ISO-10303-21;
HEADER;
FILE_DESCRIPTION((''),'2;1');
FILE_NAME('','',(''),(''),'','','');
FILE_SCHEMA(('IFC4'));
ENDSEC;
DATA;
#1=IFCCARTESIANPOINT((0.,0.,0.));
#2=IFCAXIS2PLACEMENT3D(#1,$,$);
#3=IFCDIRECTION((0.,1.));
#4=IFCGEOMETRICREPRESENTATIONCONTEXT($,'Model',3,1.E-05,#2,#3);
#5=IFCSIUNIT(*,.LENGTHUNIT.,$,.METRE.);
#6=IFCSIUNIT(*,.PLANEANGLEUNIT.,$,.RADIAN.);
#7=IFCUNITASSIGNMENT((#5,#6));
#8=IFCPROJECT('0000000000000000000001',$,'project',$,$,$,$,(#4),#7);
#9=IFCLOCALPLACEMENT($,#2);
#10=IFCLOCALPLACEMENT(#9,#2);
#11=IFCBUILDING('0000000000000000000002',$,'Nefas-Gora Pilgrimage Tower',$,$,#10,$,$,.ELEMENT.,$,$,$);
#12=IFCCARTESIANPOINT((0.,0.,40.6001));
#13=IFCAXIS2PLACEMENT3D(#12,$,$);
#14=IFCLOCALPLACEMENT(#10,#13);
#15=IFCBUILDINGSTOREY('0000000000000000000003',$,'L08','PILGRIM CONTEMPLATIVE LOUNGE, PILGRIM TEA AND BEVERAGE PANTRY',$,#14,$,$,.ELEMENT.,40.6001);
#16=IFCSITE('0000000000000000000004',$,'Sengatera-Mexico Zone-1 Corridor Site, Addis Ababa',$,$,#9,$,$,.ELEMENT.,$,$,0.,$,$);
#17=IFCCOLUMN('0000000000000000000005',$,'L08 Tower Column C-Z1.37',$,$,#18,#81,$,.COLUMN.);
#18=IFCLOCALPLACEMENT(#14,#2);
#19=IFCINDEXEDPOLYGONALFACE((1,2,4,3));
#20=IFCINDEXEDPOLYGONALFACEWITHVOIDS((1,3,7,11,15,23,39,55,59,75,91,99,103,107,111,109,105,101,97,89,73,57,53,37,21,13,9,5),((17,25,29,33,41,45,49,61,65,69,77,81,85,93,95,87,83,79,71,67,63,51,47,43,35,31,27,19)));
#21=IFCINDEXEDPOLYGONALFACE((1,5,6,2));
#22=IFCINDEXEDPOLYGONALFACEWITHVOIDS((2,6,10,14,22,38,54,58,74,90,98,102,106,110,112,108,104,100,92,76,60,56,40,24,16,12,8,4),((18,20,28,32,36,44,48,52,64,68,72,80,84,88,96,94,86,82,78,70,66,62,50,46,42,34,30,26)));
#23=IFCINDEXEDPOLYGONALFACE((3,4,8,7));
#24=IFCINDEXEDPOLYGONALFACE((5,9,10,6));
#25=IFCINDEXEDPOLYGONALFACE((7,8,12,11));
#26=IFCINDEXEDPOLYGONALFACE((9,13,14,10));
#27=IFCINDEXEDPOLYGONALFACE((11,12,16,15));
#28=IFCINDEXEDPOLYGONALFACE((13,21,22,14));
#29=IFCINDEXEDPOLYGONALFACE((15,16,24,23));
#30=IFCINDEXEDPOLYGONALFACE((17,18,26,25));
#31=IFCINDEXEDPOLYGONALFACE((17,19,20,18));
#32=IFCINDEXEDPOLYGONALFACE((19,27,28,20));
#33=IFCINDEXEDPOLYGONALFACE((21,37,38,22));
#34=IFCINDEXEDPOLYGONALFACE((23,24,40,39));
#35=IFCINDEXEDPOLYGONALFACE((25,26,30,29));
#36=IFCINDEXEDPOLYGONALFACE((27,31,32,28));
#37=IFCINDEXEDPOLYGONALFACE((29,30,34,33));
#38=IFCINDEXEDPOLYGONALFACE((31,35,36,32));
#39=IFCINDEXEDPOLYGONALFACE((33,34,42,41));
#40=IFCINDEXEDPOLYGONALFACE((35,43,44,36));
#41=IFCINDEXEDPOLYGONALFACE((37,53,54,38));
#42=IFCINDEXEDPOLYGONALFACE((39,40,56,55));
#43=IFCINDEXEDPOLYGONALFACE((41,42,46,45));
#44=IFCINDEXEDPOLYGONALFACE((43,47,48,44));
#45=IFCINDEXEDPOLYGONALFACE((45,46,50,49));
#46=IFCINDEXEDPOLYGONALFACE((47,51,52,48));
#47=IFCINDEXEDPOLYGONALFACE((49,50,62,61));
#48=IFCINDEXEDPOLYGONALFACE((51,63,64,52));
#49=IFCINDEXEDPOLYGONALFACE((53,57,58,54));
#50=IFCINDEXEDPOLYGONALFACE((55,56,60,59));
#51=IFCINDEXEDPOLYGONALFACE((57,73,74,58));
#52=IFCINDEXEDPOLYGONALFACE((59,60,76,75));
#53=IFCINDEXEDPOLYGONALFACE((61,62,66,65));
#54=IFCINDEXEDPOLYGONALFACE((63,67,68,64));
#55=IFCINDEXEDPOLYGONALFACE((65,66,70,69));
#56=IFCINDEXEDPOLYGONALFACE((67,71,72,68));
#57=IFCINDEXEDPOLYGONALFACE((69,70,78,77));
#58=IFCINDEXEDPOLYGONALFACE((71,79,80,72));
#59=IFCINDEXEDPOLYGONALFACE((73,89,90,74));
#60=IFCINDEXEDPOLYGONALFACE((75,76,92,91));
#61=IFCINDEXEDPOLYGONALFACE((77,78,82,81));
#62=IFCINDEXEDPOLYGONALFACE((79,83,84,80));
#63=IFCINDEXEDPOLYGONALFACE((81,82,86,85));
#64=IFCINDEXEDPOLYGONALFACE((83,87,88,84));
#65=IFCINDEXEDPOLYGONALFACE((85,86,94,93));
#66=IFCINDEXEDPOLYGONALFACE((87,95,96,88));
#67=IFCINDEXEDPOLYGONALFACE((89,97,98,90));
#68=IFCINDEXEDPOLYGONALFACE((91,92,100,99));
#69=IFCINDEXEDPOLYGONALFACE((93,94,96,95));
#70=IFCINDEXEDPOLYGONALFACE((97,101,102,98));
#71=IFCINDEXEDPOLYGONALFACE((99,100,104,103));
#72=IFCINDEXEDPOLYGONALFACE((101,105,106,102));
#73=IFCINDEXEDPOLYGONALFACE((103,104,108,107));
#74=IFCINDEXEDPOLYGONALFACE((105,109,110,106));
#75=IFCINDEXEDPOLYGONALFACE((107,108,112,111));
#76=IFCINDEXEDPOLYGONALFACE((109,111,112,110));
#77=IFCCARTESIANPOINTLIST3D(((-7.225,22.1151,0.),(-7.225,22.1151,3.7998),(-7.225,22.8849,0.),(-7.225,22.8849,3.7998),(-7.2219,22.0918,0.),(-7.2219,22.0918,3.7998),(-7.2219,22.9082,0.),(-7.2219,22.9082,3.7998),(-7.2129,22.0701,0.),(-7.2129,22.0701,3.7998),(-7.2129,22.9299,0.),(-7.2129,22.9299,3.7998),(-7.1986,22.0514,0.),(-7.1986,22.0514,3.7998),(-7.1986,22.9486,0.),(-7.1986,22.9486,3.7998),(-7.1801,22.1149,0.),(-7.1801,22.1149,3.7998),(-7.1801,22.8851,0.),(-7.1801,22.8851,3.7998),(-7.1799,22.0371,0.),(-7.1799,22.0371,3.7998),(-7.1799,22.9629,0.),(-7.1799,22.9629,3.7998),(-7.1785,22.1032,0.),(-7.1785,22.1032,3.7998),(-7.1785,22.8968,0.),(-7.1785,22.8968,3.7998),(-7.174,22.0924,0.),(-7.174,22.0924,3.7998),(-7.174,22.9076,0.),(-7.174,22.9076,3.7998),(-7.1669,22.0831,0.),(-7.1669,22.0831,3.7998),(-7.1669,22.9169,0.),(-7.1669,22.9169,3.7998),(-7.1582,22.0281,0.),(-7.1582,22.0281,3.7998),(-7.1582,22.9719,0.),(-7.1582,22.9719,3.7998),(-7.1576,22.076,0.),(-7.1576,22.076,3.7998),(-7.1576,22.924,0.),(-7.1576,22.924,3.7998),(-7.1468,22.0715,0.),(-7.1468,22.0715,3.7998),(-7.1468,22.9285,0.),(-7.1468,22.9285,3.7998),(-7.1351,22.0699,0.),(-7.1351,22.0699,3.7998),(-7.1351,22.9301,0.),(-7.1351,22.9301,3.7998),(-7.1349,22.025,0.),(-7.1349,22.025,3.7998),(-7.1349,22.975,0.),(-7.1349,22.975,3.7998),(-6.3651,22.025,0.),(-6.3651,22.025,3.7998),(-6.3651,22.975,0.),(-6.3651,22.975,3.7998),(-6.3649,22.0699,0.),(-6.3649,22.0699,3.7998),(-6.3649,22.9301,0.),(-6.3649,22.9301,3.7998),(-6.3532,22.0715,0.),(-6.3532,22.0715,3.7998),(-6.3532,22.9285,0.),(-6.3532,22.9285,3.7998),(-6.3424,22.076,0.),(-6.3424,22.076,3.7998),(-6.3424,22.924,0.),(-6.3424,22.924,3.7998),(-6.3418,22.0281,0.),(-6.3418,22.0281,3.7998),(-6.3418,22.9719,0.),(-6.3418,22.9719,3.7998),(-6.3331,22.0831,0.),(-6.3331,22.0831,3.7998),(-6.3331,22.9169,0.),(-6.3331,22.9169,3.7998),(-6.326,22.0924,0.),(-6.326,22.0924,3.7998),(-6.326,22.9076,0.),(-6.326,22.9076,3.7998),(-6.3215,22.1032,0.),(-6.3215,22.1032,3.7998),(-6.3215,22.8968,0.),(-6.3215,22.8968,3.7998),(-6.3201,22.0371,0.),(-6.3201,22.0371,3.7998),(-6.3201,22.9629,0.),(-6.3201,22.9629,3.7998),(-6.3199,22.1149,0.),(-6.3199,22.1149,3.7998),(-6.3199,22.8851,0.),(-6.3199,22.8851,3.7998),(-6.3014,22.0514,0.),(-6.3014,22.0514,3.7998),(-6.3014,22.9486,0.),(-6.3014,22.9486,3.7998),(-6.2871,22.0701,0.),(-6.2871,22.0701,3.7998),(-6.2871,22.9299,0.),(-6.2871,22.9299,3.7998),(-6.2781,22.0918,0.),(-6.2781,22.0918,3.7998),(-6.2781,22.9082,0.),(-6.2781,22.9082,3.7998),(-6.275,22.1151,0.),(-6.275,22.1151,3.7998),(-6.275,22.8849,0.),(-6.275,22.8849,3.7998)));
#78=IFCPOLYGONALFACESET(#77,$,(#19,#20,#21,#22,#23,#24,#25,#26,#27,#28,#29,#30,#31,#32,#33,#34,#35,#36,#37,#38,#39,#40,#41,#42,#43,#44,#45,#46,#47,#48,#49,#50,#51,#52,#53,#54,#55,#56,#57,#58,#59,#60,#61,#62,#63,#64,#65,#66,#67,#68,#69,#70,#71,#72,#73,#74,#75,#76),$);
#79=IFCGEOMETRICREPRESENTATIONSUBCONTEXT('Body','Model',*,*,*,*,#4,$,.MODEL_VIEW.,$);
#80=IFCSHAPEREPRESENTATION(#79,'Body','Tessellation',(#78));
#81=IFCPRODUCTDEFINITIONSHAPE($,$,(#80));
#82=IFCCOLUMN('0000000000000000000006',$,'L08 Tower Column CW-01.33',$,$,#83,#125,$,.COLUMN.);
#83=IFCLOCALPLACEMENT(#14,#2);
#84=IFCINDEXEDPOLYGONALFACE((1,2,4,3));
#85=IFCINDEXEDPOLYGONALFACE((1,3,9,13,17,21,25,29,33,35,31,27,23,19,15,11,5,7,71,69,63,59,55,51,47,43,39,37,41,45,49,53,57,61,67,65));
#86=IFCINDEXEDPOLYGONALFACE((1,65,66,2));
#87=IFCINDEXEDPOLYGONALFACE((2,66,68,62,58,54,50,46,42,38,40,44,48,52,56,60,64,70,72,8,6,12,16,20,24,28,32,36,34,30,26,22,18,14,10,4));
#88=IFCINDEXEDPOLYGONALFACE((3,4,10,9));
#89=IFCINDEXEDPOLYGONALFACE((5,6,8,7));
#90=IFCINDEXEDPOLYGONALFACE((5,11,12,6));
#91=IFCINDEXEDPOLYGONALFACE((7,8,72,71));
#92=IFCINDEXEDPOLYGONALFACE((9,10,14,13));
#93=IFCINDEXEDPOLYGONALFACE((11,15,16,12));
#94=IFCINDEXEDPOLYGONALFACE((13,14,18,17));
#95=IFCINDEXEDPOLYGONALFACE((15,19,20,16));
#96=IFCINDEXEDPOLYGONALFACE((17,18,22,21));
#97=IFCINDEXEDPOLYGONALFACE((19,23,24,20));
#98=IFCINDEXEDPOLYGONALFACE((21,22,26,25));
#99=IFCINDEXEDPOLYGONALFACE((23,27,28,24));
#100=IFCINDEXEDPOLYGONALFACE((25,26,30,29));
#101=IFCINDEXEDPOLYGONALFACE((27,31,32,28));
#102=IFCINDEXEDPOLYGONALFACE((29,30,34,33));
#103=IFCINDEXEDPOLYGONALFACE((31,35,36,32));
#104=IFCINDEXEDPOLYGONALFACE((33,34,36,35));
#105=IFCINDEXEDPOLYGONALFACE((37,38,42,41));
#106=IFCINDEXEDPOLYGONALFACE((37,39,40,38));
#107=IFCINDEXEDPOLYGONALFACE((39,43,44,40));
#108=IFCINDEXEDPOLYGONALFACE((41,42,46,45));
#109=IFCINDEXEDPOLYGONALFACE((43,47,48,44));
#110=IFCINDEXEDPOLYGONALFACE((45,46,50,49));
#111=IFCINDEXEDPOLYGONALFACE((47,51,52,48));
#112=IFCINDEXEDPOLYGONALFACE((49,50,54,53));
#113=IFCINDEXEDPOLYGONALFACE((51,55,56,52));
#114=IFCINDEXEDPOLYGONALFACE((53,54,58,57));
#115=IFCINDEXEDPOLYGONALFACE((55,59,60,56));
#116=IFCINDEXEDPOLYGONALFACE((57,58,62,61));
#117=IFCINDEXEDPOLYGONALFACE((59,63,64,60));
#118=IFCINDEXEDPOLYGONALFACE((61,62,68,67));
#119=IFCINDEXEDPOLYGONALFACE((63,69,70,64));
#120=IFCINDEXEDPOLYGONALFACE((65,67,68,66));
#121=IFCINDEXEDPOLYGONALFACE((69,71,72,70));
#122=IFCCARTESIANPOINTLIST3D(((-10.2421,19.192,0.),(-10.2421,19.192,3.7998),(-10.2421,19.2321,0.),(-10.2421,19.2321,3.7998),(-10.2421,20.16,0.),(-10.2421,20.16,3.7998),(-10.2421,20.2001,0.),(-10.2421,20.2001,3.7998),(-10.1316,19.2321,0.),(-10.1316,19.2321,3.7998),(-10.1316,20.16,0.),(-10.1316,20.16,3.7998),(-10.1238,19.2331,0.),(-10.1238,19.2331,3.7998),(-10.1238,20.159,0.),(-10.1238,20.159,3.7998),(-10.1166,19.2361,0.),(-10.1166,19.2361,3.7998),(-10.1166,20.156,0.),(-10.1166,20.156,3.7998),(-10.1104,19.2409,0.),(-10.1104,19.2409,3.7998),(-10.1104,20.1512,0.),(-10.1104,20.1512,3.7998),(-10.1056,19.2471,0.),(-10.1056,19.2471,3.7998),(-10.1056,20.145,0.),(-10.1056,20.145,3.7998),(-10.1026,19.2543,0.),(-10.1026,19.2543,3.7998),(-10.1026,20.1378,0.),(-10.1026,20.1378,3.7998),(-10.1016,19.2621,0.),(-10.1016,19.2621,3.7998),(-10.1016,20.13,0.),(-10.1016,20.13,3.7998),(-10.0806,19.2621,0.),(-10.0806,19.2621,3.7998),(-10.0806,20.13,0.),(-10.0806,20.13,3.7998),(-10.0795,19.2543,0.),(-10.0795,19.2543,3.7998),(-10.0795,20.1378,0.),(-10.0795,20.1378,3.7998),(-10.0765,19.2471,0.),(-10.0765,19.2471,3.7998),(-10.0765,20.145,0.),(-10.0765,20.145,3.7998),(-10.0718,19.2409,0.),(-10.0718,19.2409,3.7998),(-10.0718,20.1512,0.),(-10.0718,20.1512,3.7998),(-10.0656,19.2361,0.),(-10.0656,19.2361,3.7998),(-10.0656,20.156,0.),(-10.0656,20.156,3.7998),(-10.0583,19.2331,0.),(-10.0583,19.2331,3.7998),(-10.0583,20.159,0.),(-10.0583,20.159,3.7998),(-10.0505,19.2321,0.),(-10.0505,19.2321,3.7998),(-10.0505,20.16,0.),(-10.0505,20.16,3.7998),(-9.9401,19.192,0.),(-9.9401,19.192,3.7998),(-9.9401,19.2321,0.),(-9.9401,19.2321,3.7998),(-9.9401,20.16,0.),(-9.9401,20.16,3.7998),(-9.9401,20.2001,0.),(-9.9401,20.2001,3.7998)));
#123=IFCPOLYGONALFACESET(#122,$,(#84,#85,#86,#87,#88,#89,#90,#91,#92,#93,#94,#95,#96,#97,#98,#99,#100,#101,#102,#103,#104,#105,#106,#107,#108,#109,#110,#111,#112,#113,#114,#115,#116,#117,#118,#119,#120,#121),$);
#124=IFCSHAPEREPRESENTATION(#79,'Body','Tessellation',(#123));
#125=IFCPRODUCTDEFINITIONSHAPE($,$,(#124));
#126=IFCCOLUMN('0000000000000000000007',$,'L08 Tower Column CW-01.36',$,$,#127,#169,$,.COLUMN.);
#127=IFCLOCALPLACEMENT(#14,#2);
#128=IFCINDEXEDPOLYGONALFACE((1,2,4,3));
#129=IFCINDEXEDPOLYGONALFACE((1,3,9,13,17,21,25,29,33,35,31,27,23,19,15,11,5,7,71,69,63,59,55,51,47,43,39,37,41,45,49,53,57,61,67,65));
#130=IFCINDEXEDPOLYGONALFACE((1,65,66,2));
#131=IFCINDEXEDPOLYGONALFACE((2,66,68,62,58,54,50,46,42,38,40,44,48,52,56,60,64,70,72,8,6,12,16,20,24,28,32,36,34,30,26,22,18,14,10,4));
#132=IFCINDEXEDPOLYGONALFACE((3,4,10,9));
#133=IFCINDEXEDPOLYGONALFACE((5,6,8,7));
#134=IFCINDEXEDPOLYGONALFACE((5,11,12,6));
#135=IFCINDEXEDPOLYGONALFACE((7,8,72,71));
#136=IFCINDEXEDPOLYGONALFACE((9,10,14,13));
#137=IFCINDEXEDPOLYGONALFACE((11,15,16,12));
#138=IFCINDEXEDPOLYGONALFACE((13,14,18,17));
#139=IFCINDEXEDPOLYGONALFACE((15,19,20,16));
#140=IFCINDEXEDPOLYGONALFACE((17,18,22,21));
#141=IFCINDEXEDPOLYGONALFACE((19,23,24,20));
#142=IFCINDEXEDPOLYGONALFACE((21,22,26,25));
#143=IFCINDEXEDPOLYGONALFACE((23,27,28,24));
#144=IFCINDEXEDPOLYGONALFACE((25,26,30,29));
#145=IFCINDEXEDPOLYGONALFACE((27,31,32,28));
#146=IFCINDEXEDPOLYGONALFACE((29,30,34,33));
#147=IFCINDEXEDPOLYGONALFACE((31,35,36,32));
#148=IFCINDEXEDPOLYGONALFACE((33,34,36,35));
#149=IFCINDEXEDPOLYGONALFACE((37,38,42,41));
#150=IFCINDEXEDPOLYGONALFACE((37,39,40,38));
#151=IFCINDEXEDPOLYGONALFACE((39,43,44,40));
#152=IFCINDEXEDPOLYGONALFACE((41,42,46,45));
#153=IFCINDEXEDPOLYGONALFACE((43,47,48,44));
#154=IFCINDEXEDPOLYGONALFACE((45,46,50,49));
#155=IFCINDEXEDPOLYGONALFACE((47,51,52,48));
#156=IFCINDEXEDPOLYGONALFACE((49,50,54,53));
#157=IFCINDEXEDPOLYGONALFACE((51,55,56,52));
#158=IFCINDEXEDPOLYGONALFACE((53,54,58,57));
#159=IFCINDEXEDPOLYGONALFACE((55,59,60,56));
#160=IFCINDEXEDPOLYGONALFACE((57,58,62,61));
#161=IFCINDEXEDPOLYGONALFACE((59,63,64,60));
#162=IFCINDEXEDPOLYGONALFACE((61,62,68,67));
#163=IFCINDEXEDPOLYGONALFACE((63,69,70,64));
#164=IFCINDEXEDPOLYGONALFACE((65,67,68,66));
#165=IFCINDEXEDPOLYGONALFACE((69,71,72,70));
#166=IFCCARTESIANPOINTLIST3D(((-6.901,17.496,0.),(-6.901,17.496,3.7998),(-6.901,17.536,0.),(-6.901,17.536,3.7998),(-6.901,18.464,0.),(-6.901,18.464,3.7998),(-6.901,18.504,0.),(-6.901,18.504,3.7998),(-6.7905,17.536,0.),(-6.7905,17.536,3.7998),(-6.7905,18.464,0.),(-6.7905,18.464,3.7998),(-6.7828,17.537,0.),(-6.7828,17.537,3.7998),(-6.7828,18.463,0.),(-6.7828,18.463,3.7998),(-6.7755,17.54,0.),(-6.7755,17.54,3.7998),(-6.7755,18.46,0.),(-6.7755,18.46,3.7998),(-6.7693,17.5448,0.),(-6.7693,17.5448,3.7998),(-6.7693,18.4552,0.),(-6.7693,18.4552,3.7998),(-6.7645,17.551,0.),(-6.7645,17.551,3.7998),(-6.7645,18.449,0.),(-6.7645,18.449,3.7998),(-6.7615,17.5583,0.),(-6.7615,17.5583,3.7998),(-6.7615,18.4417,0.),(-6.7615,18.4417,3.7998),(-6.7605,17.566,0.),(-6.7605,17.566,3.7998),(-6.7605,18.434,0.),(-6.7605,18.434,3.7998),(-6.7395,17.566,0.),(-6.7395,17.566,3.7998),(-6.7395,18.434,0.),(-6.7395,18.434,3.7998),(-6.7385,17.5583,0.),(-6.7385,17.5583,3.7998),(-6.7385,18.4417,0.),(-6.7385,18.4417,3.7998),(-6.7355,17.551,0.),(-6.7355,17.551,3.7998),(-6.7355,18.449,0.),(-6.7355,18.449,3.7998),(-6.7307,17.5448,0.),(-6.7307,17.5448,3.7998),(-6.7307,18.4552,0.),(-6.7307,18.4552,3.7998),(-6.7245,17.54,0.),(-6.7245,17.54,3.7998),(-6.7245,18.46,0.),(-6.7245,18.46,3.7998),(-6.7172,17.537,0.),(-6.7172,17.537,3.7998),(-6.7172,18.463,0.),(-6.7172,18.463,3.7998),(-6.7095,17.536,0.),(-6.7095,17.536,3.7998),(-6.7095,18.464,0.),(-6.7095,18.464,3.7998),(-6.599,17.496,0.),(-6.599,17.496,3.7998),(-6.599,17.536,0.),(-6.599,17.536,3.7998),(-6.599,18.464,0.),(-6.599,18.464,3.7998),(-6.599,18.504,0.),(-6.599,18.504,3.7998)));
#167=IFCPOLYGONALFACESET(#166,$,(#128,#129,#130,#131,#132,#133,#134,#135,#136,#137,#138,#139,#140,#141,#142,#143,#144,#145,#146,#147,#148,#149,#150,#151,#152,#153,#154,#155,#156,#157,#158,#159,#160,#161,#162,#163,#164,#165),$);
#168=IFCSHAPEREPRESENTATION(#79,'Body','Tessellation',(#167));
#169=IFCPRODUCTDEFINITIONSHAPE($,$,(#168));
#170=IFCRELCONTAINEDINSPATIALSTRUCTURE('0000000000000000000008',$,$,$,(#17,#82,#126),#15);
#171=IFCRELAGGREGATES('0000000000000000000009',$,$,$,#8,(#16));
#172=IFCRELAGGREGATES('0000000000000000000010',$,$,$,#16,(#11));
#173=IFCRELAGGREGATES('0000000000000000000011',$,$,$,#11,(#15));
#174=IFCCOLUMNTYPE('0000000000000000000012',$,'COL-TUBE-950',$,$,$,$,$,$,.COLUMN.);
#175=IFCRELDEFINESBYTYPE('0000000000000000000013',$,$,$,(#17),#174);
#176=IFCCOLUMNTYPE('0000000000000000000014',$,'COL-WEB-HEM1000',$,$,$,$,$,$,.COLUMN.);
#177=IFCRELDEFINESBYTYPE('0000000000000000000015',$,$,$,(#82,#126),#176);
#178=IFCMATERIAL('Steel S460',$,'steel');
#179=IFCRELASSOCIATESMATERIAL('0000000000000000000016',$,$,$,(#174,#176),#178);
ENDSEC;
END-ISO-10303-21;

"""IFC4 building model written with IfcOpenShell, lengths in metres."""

from ifc_helpers import new_model, si_unit, direction, frame, origin, origin_2d, place, context, subcontext, project, spatial, hollow_rectangle, i_section, extrude, source, transform, mapped, material, material_profile, profile_set, type_object, element, save


model = new_model("IFC4")

# Units and contexts
model_context = context("Model", 3, precision=1e-05, world=origin(), true_north=direction((0.0, 1.0)))
body_context = subcontext(model_context, "Body", "Model", "MODEL_VIEW")
ifc_project = project(units=[si_unit("LENGTHUNIT", "METRE"), si_unit("PLANEANGLEUNIT", "RADIAN")], contexts=[model_context])

# Site, building, storey
site_placement = place(None, origin())
site = spatial("IfcSite", under=ifc_project, at=site_placement, Name="Sengatera-Mexico Zone-1 Corridor Site, Addis Ababa", CompositionType="ELEMENT", RefElevation=0.0)
building_placement = place(site_placement, origin())
building = spatial("IfcBuilding", under=site, at=building_placement, Name="Nefas-Gora Pilgrimage Tower", CompositionType="ELEMENT")
storey_placement = place(building_placement, frame((0.0, 0.0, 40.6001)))
storey = spatial("IfcBuildingStorey", under=building, at=storey_placement, Name="L08", Description="PILGRIM CONTEMPLATIVE LOUNGE, PILGRIM TEA AND BEVERAGE PANTRY", CompositionType="ELEMENT", Elevation=40.6001)

# Columns
ifc_material_1 = material(Name="Steel S460", Category="steel")
ifc_material_profile_1 = material_profile(ifc_material_1, hollow_rectangle(XDim=0.95, YDim=0.95, WallThickness=0.0449, InnerFilletRadius=0.0449, OuterFilletRadius=0.0901, at=origin_2d()), Name="BOX 950x950x45")
ifc_profile_set_1 = profile_set([ifc_material_profile_1], Name="Steel S460")
column_type_1 = type_object("IfcColumnType", Name="COL-TUBE-950", PredefinedType="COLUMN", material=ifc_profile_set_1)
shared_shape_1 = source(origin(), body_context, "Body", "SweptSolid", [
    extrude(hollow_rectangle(XDim=0.95, YDim=0.95, WallThickness=0.0449, InnerFilletRadius=0.0449, OuterFilletRadius=0.0901, at=origin_2d()), origin(), (0.0, 0.0, 1.0), 3.7998),
])
column_placement = place(storey_placement, frame((-6.75, 22.5, 0.0), z_axis=(0.0, 0.0, 1.0), x_axis=(1.0, 0.0, 0.0)))
element("IfcColumn", 1, at=column_placement, inside=storey, type_object=column_type_1, Name="L08 Tower Column C-Z1.37", PredefinedType="COLUMN", context=body_context, shape_type="MappedRepresentation", body=[
    mapped(shared_shape_1, transform((0.0, 0.0, 0.0), x_axis=(1.0, 0.0, 0.0), y_axis=(0.0, 1.0, 0.0), z_axis=(0.0, 0.0, 1.0), scale=1.0)),
])
ifc_material_profile_2 = material_profile(ifc_material_1, i_section(OverallWidth=0.302, OverallDepth=1.0081, WebThickness=0.021, FlangeThickness=0.04, FilletRadius=0.03, at=origin_2d()), Name="HEM 1000")
ifc_profile_set_2 = profile_set([ifc_material_profile_2], Name="Steel S460")
column_type_2 = type_object("IfcColumnType", Name="COL-WEB-HEM1000", PredefinedType="COLUMN", material=ifc_profile_set_2)
shared_shape_2 = source(origin(), body_context, "Body", "SweptSolid", [
    extrude(i_section(OverallWidth=0.302, OverallDepth=1.0081, WebThickness=0.021, FlangeThickness=0.04, FilletRadius=0.03, at=origin_2d()), origin(), (0.0, 0.0, 1.0), 3.7998),
])
for number, where, z_axis, x_axis, name in (
    (2, (-10.0911, 19.696, 0.0), (0.0, 0.0, 1.0), (1.0, 0.0, 0.0), "L08 Tower Column CW-01.33"),
    (3, (-6.75, 18.0, 0.0), (0.0, 0.0, 1.0), (1.0, 0.0, 0.0), "L08 Tower Column CW-01.36"),
):
    element("IfcColumn", number, at=place(storey_placement, frame(where, z_axis=z_axis, x_axis=x_axis)), inside=storey, type_object=column_type_2, Name=name, PredefinedType="COLUMN", context=body_context, shape_type="MappedRepresentation", body=[
        mapped(shared_shape_2, transform((0.0, 0.0, 0.0), x_axis=(1.0, 0.0, 0.0), y_axis=(0.0, 1.0, 0.0), z_axis=(0.0, 0.0, 1.0), scale=1.0)),
    ])

save(model, "model.ifc")
